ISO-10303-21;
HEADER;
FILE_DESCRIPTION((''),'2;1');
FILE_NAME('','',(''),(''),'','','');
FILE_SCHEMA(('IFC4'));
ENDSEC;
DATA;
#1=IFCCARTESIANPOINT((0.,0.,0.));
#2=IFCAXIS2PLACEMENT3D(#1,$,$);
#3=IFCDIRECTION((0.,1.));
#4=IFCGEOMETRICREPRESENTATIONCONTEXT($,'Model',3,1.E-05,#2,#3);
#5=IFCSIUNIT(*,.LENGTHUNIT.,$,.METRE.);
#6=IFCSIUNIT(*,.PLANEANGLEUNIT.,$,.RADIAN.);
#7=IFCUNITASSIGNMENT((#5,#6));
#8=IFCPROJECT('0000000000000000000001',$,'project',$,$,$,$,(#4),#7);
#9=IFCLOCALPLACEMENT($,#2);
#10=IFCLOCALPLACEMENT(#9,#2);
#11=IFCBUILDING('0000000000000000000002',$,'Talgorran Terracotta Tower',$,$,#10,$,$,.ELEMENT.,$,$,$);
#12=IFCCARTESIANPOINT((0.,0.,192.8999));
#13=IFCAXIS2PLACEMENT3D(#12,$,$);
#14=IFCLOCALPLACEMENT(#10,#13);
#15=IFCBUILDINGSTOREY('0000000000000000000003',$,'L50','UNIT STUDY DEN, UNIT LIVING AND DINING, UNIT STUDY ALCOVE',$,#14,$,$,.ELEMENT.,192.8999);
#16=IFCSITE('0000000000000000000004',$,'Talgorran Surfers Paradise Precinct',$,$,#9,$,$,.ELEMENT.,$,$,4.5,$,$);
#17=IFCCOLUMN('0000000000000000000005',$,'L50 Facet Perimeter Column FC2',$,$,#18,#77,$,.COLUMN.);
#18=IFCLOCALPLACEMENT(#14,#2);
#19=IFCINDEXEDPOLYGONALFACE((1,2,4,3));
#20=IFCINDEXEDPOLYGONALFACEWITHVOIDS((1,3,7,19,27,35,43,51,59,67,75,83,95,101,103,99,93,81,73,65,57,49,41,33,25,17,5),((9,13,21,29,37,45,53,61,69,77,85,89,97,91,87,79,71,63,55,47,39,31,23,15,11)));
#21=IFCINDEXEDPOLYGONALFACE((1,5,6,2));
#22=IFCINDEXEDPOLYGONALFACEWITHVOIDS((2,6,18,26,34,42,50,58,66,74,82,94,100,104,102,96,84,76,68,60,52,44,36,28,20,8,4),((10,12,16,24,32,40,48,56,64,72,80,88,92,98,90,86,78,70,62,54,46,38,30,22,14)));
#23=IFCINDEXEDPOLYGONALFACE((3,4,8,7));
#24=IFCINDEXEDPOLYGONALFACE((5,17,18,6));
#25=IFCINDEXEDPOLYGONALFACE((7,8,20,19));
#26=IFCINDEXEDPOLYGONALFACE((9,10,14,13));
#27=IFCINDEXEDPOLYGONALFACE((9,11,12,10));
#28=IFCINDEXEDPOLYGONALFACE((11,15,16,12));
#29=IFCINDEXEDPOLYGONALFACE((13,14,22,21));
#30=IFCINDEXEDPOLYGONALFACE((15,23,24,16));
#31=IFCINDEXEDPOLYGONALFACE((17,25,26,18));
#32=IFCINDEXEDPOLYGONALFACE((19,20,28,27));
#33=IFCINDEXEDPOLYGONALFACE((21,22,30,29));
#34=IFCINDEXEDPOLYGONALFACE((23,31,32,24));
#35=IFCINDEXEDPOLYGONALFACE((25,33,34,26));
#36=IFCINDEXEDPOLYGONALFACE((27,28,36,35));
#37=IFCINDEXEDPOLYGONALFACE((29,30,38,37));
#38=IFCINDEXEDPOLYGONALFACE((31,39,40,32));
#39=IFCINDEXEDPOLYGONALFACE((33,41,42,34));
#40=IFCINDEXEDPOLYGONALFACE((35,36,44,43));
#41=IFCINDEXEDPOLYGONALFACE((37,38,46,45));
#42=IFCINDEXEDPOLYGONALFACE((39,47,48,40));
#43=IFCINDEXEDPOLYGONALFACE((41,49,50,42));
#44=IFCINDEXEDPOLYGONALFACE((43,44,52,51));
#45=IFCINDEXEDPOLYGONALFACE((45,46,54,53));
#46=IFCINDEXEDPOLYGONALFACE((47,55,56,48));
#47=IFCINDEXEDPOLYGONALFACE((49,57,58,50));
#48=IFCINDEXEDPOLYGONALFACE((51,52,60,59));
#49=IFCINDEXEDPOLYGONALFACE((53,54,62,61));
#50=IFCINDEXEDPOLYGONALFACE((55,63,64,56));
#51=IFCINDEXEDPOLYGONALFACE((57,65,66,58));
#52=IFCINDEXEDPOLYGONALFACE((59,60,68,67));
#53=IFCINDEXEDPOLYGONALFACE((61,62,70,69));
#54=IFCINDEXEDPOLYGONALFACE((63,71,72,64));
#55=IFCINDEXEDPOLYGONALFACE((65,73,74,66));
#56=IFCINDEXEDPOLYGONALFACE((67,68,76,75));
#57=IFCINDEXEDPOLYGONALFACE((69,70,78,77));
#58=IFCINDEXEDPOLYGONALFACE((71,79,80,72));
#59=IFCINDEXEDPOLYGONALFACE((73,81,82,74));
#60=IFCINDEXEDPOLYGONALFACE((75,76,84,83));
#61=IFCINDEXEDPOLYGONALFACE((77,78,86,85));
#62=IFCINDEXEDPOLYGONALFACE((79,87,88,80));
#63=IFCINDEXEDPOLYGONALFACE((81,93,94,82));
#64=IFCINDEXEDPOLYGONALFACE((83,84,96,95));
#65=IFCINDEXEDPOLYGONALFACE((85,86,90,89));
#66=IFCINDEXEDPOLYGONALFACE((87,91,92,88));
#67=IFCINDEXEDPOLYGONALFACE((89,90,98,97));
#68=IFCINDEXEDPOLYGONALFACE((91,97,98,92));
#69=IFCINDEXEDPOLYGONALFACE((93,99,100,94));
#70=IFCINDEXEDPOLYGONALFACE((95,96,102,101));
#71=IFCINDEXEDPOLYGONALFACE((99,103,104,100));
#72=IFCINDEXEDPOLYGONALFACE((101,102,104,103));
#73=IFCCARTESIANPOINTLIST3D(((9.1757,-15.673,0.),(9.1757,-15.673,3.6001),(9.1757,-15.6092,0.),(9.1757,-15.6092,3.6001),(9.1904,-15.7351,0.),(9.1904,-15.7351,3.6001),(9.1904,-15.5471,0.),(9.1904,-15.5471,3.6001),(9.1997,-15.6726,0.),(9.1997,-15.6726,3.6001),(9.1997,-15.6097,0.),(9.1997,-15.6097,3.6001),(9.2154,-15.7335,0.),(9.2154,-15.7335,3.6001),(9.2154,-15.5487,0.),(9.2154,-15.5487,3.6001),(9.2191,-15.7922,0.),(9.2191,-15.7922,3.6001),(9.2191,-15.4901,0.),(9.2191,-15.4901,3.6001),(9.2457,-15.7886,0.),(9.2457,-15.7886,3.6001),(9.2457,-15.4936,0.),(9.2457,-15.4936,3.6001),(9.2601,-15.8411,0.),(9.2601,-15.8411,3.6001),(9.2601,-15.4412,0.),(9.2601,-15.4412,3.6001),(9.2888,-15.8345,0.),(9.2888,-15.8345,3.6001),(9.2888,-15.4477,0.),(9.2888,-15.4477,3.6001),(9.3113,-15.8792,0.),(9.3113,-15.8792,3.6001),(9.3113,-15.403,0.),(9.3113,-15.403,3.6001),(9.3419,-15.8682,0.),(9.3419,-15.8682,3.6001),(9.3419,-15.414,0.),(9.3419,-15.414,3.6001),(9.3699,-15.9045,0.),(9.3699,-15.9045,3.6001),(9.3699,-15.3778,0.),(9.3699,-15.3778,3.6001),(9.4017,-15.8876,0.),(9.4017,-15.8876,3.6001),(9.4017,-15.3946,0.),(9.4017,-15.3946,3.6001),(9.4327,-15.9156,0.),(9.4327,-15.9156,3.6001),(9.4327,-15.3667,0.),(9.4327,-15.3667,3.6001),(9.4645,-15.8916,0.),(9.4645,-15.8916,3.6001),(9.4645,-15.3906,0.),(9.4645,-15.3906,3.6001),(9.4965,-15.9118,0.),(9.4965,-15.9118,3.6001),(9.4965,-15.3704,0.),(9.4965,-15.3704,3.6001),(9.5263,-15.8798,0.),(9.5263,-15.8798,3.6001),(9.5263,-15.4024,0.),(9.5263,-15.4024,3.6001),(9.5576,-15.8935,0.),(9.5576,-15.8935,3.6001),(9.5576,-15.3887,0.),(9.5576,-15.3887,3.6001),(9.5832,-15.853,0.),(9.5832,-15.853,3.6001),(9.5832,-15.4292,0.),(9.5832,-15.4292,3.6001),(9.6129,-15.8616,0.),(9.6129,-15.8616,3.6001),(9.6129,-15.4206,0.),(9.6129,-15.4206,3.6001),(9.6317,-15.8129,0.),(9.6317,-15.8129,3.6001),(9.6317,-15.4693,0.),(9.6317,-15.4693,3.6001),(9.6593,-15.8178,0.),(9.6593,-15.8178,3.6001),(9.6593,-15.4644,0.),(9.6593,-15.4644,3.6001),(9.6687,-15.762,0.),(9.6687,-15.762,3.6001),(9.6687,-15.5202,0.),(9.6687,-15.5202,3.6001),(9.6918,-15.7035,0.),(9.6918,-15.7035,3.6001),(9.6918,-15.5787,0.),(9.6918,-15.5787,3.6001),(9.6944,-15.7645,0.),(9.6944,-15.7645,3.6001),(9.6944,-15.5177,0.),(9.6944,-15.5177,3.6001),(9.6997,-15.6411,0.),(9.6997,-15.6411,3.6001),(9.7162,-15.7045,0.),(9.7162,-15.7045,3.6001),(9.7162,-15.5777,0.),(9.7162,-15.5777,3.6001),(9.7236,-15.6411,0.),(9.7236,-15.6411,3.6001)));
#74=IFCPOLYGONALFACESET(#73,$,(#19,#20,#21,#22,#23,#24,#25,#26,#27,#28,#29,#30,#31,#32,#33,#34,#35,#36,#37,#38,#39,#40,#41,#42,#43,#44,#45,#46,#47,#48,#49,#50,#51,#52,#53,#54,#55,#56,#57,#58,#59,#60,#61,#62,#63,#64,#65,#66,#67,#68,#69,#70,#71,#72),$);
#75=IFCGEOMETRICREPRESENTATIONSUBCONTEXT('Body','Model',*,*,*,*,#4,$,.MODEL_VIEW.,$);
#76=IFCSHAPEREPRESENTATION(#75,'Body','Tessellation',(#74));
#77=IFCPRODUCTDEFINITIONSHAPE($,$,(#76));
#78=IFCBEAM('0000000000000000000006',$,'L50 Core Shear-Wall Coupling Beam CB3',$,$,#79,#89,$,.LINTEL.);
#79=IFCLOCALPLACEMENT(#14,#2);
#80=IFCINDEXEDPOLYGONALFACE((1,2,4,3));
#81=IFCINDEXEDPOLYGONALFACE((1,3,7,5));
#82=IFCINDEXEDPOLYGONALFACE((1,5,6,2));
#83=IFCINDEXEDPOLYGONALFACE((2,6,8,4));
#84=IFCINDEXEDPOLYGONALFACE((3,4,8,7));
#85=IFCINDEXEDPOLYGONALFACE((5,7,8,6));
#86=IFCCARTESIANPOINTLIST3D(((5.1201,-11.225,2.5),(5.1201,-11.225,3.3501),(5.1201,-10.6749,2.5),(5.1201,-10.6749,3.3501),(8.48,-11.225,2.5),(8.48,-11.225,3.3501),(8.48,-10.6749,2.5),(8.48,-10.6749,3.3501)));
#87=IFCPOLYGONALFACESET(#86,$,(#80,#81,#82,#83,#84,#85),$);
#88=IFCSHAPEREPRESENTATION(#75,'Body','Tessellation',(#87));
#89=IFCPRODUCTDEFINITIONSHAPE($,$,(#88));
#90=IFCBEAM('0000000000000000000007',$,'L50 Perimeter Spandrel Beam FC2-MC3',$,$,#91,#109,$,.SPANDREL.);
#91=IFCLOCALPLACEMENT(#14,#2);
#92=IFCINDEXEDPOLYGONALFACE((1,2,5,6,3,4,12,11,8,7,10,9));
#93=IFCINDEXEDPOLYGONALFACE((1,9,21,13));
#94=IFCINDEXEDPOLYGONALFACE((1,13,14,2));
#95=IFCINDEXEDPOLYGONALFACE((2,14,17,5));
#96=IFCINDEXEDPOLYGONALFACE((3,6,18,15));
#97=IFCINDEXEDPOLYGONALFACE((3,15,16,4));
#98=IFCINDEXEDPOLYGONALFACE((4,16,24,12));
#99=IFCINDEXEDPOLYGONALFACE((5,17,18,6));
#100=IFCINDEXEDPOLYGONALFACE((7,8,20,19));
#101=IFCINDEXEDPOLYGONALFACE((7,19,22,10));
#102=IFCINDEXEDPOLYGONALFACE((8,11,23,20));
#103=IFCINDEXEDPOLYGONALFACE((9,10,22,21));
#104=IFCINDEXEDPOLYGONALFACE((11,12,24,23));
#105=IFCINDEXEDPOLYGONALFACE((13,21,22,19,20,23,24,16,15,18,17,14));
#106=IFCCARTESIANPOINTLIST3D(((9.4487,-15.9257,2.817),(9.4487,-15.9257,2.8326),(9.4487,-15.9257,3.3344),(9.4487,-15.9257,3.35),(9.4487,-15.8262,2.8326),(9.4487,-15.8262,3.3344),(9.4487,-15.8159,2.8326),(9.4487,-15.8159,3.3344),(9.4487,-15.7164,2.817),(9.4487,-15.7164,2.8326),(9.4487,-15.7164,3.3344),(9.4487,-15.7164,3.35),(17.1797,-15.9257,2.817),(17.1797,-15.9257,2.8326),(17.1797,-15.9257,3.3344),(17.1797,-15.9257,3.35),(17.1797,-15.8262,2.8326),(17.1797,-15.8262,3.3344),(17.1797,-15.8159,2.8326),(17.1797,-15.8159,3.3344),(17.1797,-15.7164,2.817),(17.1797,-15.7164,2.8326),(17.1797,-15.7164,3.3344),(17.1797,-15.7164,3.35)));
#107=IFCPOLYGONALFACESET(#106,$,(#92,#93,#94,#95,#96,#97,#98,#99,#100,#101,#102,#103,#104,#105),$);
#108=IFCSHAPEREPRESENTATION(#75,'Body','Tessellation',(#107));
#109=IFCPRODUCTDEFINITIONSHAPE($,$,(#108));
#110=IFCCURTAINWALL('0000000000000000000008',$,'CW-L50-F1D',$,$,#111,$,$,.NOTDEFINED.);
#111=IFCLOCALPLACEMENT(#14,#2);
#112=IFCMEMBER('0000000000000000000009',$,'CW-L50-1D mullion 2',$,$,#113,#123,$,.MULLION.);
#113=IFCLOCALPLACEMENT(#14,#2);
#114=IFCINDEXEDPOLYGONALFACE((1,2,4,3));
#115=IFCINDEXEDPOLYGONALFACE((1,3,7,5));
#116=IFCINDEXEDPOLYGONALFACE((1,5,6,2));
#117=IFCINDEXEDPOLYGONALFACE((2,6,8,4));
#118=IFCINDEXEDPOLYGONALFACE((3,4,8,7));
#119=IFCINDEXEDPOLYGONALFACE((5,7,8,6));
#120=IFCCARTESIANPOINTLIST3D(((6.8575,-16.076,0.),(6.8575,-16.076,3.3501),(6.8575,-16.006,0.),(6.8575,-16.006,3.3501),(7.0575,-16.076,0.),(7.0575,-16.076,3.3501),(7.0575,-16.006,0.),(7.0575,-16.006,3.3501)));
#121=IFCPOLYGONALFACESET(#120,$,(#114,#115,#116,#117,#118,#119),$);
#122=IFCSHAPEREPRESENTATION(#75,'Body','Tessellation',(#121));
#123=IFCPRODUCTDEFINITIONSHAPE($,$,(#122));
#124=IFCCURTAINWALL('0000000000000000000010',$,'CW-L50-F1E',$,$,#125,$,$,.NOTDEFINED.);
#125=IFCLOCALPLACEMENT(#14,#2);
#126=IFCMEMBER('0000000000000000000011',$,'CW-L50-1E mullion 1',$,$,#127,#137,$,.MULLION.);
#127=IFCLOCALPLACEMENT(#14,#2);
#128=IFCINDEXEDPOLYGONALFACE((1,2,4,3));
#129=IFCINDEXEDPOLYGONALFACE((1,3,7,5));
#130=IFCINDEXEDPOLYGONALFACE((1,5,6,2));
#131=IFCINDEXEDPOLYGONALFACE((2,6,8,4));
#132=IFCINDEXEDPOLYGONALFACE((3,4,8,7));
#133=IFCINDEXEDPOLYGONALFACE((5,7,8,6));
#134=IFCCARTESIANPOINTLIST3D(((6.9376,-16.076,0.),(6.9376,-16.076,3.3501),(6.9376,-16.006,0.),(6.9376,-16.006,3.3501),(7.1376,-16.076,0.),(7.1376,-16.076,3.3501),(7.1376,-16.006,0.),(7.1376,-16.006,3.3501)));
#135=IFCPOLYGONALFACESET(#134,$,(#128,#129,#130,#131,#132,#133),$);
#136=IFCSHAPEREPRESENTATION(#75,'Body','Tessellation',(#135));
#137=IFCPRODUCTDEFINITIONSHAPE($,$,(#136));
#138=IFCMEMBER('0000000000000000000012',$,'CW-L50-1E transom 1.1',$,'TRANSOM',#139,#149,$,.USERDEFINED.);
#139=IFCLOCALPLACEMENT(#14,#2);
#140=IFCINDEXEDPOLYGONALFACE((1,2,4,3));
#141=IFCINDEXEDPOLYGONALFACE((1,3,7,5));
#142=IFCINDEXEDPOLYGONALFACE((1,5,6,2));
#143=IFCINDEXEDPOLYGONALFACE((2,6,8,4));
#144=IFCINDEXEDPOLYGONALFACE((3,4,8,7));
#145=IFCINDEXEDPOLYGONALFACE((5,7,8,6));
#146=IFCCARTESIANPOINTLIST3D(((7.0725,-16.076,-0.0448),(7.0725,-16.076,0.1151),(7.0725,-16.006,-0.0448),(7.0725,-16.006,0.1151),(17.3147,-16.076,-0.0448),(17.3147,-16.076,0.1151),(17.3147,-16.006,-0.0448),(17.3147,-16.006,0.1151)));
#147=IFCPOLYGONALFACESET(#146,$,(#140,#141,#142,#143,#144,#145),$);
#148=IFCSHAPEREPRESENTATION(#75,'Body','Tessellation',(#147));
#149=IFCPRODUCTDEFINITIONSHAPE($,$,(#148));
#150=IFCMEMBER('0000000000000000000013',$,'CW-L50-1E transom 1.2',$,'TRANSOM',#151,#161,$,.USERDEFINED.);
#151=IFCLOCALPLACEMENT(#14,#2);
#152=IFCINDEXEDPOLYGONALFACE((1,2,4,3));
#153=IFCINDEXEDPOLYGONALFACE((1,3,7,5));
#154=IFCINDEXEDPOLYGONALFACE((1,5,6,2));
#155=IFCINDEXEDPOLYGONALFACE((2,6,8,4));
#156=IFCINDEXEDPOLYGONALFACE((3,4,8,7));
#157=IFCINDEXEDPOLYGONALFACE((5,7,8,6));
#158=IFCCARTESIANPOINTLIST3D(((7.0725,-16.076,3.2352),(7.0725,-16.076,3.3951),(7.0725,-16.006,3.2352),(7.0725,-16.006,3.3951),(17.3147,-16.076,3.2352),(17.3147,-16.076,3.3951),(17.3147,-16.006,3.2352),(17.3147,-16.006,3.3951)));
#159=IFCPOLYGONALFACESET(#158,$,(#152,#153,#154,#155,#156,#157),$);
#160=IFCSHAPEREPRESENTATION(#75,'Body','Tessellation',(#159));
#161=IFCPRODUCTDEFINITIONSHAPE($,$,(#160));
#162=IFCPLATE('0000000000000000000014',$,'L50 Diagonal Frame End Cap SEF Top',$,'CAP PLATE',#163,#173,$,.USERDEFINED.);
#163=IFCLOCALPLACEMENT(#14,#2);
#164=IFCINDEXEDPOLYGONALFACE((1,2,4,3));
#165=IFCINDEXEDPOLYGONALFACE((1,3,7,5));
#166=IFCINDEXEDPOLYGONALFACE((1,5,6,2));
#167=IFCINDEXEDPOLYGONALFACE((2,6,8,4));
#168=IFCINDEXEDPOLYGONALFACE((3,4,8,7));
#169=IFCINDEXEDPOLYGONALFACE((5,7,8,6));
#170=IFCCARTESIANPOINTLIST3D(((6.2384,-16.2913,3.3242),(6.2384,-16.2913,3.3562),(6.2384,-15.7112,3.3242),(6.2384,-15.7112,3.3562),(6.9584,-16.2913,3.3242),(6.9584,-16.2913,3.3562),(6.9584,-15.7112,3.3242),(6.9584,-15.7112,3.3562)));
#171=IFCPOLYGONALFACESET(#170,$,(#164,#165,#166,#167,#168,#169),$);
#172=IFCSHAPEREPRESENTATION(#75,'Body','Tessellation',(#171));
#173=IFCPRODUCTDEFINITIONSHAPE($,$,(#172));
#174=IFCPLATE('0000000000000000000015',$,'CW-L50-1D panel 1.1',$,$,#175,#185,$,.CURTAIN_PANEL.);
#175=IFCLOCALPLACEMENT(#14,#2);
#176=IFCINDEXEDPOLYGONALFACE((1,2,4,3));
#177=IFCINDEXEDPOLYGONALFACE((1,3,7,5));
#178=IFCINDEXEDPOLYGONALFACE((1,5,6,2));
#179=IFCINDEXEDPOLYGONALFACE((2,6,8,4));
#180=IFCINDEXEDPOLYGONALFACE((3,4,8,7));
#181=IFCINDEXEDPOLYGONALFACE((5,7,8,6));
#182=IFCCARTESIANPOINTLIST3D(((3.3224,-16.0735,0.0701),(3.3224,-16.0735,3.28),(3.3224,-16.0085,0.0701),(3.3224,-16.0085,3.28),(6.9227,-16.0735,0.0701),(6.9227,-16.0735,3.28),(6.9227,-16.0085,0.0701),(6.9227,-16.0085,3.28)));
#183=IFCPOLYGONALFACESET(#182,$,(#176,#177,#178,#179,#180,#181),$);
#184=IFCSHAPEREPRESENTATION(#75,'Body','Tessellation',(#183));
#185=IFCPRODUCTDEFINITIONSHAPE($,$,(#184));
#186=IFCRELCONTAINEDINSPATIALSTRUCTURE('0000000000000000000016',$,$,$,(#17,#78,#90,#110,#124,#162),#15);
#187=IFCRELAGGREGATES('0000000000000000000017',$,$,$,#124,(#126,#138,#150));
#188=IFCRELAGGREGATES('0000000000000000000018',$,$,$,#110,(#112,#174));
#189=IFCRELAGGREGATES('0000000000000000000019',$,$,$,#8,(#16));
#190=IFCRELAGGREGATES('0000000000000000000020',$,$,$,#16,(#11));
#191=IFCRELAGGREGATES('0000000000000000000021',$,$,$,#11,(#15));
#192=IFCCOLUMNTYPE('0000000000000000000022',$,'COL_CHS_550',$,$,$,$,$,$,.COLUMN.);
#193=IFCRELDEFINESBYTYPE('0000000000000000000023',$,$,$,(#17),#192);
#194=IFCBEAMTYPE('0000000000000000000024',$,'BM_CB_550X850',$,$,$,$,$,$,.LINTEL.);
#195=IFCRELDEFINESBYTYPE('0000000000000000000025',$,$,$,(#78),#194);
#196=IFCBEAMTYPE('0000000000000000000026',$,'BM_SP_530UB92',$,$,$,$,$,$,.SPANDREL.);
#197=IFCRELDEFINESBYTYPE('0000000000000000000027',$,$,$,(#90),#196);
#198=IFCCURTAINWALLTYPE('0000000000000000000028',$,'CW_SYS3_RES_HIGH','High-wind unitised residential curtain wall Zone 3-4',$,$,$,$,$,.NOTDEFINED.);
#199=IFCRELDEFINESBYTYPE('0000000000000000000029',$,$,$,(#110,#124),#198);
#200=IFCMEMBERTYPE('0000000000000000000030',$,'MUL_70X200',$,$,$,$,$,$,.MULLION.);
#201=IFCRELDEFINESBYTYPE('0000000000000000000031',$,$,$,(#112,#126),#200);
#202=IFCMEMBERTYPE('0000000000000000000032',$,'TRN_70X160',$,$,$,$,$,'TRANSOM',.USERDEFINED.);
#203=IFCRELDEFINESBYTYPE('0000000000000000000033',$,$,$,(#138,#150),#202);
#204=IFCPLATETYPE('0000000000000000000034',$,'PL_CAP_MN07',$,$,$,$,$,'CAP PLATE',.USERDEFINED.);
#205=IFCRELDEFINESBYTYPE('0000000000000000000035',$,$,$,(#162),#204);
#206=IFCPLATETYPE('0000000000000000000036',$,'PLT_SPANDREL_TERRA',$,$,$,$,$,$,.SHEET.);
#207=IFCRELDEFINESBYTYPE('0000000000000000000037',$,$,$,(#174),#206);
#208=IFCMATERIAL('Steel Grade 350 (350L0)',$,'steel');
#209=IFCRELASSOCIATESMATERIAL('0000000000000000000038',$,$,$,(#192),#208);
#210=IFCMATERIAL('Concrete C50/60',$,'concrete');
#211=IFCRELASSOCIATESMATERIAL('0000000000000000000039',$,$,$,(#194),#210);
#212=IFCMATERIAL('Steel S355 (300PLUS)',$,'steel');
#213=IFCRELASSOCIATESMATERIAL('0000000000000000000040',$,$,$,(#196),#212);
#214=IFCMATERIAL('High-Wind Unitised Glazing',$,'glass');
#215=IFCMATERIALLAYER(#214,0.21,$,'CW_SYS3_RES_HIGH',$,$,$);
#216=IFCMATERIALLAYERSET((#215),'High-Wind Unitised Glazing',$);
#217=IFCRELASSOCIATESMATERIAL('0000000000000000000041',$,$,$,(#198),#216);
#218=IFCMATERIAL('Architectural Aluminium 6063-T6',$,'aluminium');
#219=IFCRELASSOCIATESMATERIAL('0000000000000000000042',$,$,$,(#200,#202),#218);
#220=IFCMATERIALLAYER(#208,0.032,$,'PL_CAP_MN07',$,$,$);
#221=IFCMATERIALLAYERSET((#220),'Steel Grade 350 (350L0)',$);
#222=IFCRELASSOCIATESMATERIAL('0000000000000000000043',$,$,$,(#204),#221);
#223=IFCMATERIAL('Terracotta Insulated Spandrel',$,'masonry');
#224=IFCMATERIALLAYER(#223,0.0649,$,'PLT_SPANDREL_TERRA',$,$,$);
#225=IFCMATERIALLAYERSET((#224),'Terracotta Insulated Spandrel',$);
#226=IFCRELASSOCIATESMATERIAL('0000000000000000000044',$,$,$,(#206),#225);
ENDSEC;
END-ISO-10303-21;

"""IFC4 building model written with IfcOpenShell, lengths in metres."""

from ifc_helpers import new_model, si_unit, direction, frame, origin, origin_2d, place, context, subcontext, project, spatial, rectangle, hollow_circle, i_section, extrude, source, transform, mapped, material, layer, layer_set, material_profile, profile_set, type_object, type_shapes, element, aggregate, save


model = new_model("IFC4")

# Units and contexts
model_context = context("Model", 3, precision=1e-05, world=origin(), true_north=direction((0.0, 1.0)))
body_context = subcontext(model_context, "Body", "Model", "MODEL_VIEW")
ifc_project = project(units=[si_unit("LENGTHUNIT", "METRE"), si_unit("PLANEANGLEUNIT", "RADIAN")], contexts=[model_context])

# Site, building, storey
site_placement = place(None, origin())
site = spatial("IfcSite", under=ifc_project, at=site_placement, Name="Talgorran Surfers Paradise Precinct", CompositionType="ELEMENT", RefElevation=4.5)
building_placement = place(site_placement, origin())
building = spatial("IfcBuilding", under=site, at=building_placement, Name="Talgorran Terracotta Tower", CompositionType="ELEMENT")
storey_placement = place(building_placement, frame((0.0, 0.0, 192.8999)))
storey = spatial("IfcBuildingStorey", under=building, at=storey_placement, Name="L50", Description="UNIT STUDY DEN, UNIT LIVING AND DINING, UNIT STUDY ALCOVE", CompositionType="ELEMENT", Elevation=192.8999)

# Column
ifc_material_1 = material(Name="Steel Grade 350 (350L0)", Category="steel")
ifc_material_profile_1 = material_profile(ifc_material_1, hollow_circle(Radius=0.2749, WallThickness=0.0239, at=origin_2d()), Name="CHS550X24")
ifc_profile_set_1 = profile_set([ifc_material_profile_1], Name="Steel Grade 350 (350L0)")
column_type = type_object("IfcColumnType", Name="COL_CHS_550", PredefinedType="COLUMN", material=ifc_profile_set_1)
column_placement = place(storey_placement, frame((9.4487, -15.6411, 0.0), z_axis=(0.0, 0.0, 1.0), x_axis=(1.0, 0.0, 0.0)))
element("IfcColumn", 1, at=column_placement, inside=storey, type_object=column_type, Name="L50 Facet Perimeter Column FC2", PredefinedType="COLUMN", context=body_context, shape_type="SweptSolid", body=[
    extrude(hollow_circle(Radius=0.2749, WallThickness=0.0239, at=origin_2d()), origin(), (0.0, 0.0, 1.0), 3.6001),
])

# Beams
ifc_material_2 = material(Name="Concrete C50/60", Category="concrete")
ifc_material_profile_2 = material_profile(ifc_material_2, rectangle(XDim=0.55, YDim=0.8501, at=origin_2d()), Name="RCCB550X850")
ifc_profile_set_2 = profile_set([ifc_material_profile_2], Name="Concrete C50/60")
beam_type_1 = type_object("IfcBeamType", Name="BM_CB_550X850", PredefinedType="LINTEL", material=ifc_profile_set_2)
beam_1_placement = place(storey_placement, frame((5.1201, -10.95, 2.925), z_axis=(1.0, 0.0, 0.0), x_axis=(0.0, 1.0, 0.0)))
element("IfcBeam", 2, at=beam_1_placement, inside=storey, type_object=beam_type_1, Name="L50 Core Shear-Wall Coupling Beam CB3", PredefinedType="LINTEL", context=body_context, shape_type="SweptSolid", body=[
    extrude(rectangle(XDim=0.55, YDim=0.8501, at=origin_2d()), origin(), (0.0, 0.0, 1.0), 3.3599),
])
ifc_material_3 = material(Name="Steel S355 (300PLUS)", Category="steel")
ifc_material_profile_3 = material_profile(ifc_material_3, i_section(OverallWidth=0.2092, OverallDepth=0.533, WebThickness=0.0103, FlangeThickness=0.0156, at=origin_2d()), Name="530UB92.4")
ifc_profile_set_3 = profile_set([ifc_material_profile_3], Name="Steel S355 (300PLUS)")
beam_type_2 = type_object("IfcBeamType", Name="BM_SP_530UB92", PredefinedType="SPANDREL", material=ifc_profile_set_3)
beam_2_placement = place(storey_placement, frame((9.4487, -15.821, 3.0835), z_axis=(1.0, 0.0, 0.0), x_axis=(0.0, 1.0, 0.0)))
element("IfcBeam", 3, at=beam_2_placement, inside=storey, type_object=beam_type_2, Name="L50 Perimeter Spandrel Beam FC2-MC3", PredefinedType="SPANDREL", context=body_context, shape_type="SweptSolid", body=[
    extrude(i_section(OverallWidth=0.2092, OverallDepth=0.533, WebThickness=0.0103, FlangeThickness=0.0156, at=origin_2d()), origin(), (0.0, 0.0, 1.0), 7.731),
])

# Curtain wall, member
ifc_material_4 = material(Name="High-Wind Unitised Glazing", Category="glass")
ifc_layer_1 = layer(ifc_material_4, 0.21, Name="CW_SYS3_RES_HIGH")
ifc_layer_set_1 = layer_set([ifc_layer_1], Name="High-Wind Unitised Glazing")
curtain_wall_type = type_object("IfcCurtainWallType", Name="CW_SYS3_RES_HIGH", Description="High-wind unitised residential curtain wall Zone 3-4", PredefinedType="NOTDEFINED", material=ifc_layer_set_1)
curtain_wall_1_placement = place(storey_placement, origin())
curtain_wall_1 = element("IfcCurtainWall", 4, at=curtain_wall_1_placement, inside=storey, type_object=curtain_wall_type, Name="CW-L50-F1D", PredefinedType="NOTDEFINED")
ifc_material_5 = material(Name="Architectural Aluminium 6063-T6", Category="aluminium")
ifc_material_profile_4 = material_profile(ifc_material_5, rectangle(XDim=0.0701, YDim=0.2, at=origin_2d()), Name="CWM70X200")
ifc_profile_set_4 = profile_set([ifc_material_profile_4], Name="Architectural Aluminium 6063-T6")
member_type_1 = type_object("IfcMemberType", Name="MUL_70X200", PredefinedType="MULLION", material=ifc_profile_set_4)
member_1_placement = place(storey_placement, frame((6.9575, -16.041, 0.0), z_axis=(0.0, 0.0, 1.0), x_axis=(0.0, 1.0, 0.0)))
member_1 = element("IfcMember", 5, at=member_1_placement, type_object=member_type_1, Name="CW-L50-1D mullion 2", PredefinedType="MULLION", context=body_context, shape_type="SweptSolid", body=[
    extrude(rectangle(XDim=0.0701, YDim=0.2, at=origin_2d()), origin(), (0.0, 0.0, 1.0), 3.3501),
])

# Curtain wall, members
curtain_wall_2_placement = place(storey_placement, origin())
curtain_wall_2 = element("IfcCurtainWall", 6, at=curtain_wall_2_placement, inside=storey, type_object=curtain_wall_type, Name="CW-L50-F1E", PredefinedType="NOTDEFINED")
member_2_placement = place(storey_placement, frame((7.0376, -16.041, 0.0), z_axis=(0.0, 0.0, 1.0), x_axis=(0.0, 1.0, 0.0)))
member_2 = element("IfcMember", 7, at=member_2_placement, type_object=member_type_1, Name="CW-L50-1E mullion 1", PredefinedType="MULLION", context=body_context, shape_type="SweptSolid", body=[
    extrude(rectangle(XDim=0.0701, YDim=0.2, at=origin_2d()), origin(), (0.0, 0.0, 1.0), 3.3501),
])
ifc_material_profile_5 = material_profile(ifc_material_5, rectangle(XDim=0.0701, YDim=0.1599, at=origin_2d()), Name="CWT70X160")
ifc_profile_set_5 = profile_set([ifc_material_profile_5], Name="Architectural Aluminium 6063-T6")
member_type_2 = type_object("IfcMemberType", Name="TRN_70X160", ElementType="TRANSOM", PredefinedType="USERDEFINED", material=ifc_profile_set_5)
member_3_placement = place(storey_placement, frame((7.0725, -16.041, 0.0352), z_axis=(1.0, 0.0, 0.0), x_axis=(0.0, 1.0, 0.0)))
member_3 = element("IfcMember", 8, at=member_3_placement, type_object=member_type_2, Name="CW-L50-1E transom 1.1", ObjectType="TRANSOM", PredefinedType="USERDEFINED", context=body_context, shape_type="SweptSolid", body=[
    extrude(rectangle(XDim=0.0701, YDim=0.1599, at=origin_2d()), origin(), (0.0, 0.0, 1.0), 10.2422),
])
member_4_placement = place(storey_placement, frame((7.0725, -16.041, 3.3152), z_axis=(1.0, 0.0, 0.0), x_axis=(0.0, 1.0, 0.0)))
member_4 = element("IfcMember", 9, at=member_4_placement, type_object=member_type_2, Name="CW-L50-1E transom 1.2", ObjectType="TRANSOM", PredefinedType="USERDEFINED", context=body_context, shape_type="SweptSolid", body=[
    extrude(rectangle(XDim=0.0701, YDim=0.1599, at=origin_2d()), origin(), (0.0, 0.0, 1.0), 10.2422),
])
aggregate(curtain_wall_2, [member_2, member_3, member_4])

# Plates
ifc_layer_2 = layer(ifc_material_1, 0.032, Name="PL_CAP_MN07")
ifc_layer_set_2 = layer_set([ifc_layer_2], Name="Steel Grade 350 (350L0)")
plate_type_1 = type_object("IfcPlateType", Name="PL_CAP_MN07", ElementType="CAP PLATE", PredefinedType="USERDEFINED", material=ifc_layer_set_2)
plate_1_placement = place(storey_placement, frame((6.5984, -16.0012, 3.3242), z_axis=(0.0, 0.0, 1.0), x_axis=(1.0, 0.0, 0.0)))
element("IfcPlate", 10, at=plate_1_placement, inside=storey, type_object=plate_type_1, Name="L50 Diagonal Frame End Cap SEF Top", ObjectType="CAP PLATE", PredefinedType="USERDEFINED", context=body_context, shape_type="SweptSolid", body=[
    extrude(rectangle(XDim=0.72, YDim=0.5801, at=origin_2d()), origin(), (0.0, 0.0, 1.0), 0.032),
])
ifc_material_6 = material(Name="Terracotta Insulated Spandrel", Category="masonry")
ifc_layer_3 = layer(ifc_material_6, 0.0649, Name="PLT_SPANDREL_TERRA")
ifc_layer_set_3 = layer_set([ifc_layer_3], Name="Terracotta Insulated Spandrel")
plate_type_2 = type_object("IfcPlateType", Name="PLT_SPANDREL_TERRA", PredefinedType="SHEET", material=ifc_layer_set_3)
shared_shape = source(origin(), body_context, "Body", "SweptSolid", [
    extrude(rectangle(XDim=3.6003, YDim=0.0649, at=origin_2d()), origin(), (0.0, 0.0, 1.0), 3.21),
])
type_shapes(plate_type_2, [shared_shape])
plate_2_placement = place(storey_placement, frame((5.1226, -16.041, 0.0701), z_axis=(0.0, 0.0, 1.0), x_axis=(1.0, 0.0, 0.0)))
plate_2 = element("IfcPlate", 11, at=plate_2_placement, type_object=plate_type_2, Name="CW-L50-1D panel 1.1", PredefinedType="CURTAIN_PANEL", context=body_context, shape_type="MappedRepresentation", body=[
    mapped(shared_shape, transform((0.0, 0.0, 0.0), scale=1.0)),
])
aggregate(curtain_wall_1, [member_1, plate_2])

save(model, "model.ifc")
